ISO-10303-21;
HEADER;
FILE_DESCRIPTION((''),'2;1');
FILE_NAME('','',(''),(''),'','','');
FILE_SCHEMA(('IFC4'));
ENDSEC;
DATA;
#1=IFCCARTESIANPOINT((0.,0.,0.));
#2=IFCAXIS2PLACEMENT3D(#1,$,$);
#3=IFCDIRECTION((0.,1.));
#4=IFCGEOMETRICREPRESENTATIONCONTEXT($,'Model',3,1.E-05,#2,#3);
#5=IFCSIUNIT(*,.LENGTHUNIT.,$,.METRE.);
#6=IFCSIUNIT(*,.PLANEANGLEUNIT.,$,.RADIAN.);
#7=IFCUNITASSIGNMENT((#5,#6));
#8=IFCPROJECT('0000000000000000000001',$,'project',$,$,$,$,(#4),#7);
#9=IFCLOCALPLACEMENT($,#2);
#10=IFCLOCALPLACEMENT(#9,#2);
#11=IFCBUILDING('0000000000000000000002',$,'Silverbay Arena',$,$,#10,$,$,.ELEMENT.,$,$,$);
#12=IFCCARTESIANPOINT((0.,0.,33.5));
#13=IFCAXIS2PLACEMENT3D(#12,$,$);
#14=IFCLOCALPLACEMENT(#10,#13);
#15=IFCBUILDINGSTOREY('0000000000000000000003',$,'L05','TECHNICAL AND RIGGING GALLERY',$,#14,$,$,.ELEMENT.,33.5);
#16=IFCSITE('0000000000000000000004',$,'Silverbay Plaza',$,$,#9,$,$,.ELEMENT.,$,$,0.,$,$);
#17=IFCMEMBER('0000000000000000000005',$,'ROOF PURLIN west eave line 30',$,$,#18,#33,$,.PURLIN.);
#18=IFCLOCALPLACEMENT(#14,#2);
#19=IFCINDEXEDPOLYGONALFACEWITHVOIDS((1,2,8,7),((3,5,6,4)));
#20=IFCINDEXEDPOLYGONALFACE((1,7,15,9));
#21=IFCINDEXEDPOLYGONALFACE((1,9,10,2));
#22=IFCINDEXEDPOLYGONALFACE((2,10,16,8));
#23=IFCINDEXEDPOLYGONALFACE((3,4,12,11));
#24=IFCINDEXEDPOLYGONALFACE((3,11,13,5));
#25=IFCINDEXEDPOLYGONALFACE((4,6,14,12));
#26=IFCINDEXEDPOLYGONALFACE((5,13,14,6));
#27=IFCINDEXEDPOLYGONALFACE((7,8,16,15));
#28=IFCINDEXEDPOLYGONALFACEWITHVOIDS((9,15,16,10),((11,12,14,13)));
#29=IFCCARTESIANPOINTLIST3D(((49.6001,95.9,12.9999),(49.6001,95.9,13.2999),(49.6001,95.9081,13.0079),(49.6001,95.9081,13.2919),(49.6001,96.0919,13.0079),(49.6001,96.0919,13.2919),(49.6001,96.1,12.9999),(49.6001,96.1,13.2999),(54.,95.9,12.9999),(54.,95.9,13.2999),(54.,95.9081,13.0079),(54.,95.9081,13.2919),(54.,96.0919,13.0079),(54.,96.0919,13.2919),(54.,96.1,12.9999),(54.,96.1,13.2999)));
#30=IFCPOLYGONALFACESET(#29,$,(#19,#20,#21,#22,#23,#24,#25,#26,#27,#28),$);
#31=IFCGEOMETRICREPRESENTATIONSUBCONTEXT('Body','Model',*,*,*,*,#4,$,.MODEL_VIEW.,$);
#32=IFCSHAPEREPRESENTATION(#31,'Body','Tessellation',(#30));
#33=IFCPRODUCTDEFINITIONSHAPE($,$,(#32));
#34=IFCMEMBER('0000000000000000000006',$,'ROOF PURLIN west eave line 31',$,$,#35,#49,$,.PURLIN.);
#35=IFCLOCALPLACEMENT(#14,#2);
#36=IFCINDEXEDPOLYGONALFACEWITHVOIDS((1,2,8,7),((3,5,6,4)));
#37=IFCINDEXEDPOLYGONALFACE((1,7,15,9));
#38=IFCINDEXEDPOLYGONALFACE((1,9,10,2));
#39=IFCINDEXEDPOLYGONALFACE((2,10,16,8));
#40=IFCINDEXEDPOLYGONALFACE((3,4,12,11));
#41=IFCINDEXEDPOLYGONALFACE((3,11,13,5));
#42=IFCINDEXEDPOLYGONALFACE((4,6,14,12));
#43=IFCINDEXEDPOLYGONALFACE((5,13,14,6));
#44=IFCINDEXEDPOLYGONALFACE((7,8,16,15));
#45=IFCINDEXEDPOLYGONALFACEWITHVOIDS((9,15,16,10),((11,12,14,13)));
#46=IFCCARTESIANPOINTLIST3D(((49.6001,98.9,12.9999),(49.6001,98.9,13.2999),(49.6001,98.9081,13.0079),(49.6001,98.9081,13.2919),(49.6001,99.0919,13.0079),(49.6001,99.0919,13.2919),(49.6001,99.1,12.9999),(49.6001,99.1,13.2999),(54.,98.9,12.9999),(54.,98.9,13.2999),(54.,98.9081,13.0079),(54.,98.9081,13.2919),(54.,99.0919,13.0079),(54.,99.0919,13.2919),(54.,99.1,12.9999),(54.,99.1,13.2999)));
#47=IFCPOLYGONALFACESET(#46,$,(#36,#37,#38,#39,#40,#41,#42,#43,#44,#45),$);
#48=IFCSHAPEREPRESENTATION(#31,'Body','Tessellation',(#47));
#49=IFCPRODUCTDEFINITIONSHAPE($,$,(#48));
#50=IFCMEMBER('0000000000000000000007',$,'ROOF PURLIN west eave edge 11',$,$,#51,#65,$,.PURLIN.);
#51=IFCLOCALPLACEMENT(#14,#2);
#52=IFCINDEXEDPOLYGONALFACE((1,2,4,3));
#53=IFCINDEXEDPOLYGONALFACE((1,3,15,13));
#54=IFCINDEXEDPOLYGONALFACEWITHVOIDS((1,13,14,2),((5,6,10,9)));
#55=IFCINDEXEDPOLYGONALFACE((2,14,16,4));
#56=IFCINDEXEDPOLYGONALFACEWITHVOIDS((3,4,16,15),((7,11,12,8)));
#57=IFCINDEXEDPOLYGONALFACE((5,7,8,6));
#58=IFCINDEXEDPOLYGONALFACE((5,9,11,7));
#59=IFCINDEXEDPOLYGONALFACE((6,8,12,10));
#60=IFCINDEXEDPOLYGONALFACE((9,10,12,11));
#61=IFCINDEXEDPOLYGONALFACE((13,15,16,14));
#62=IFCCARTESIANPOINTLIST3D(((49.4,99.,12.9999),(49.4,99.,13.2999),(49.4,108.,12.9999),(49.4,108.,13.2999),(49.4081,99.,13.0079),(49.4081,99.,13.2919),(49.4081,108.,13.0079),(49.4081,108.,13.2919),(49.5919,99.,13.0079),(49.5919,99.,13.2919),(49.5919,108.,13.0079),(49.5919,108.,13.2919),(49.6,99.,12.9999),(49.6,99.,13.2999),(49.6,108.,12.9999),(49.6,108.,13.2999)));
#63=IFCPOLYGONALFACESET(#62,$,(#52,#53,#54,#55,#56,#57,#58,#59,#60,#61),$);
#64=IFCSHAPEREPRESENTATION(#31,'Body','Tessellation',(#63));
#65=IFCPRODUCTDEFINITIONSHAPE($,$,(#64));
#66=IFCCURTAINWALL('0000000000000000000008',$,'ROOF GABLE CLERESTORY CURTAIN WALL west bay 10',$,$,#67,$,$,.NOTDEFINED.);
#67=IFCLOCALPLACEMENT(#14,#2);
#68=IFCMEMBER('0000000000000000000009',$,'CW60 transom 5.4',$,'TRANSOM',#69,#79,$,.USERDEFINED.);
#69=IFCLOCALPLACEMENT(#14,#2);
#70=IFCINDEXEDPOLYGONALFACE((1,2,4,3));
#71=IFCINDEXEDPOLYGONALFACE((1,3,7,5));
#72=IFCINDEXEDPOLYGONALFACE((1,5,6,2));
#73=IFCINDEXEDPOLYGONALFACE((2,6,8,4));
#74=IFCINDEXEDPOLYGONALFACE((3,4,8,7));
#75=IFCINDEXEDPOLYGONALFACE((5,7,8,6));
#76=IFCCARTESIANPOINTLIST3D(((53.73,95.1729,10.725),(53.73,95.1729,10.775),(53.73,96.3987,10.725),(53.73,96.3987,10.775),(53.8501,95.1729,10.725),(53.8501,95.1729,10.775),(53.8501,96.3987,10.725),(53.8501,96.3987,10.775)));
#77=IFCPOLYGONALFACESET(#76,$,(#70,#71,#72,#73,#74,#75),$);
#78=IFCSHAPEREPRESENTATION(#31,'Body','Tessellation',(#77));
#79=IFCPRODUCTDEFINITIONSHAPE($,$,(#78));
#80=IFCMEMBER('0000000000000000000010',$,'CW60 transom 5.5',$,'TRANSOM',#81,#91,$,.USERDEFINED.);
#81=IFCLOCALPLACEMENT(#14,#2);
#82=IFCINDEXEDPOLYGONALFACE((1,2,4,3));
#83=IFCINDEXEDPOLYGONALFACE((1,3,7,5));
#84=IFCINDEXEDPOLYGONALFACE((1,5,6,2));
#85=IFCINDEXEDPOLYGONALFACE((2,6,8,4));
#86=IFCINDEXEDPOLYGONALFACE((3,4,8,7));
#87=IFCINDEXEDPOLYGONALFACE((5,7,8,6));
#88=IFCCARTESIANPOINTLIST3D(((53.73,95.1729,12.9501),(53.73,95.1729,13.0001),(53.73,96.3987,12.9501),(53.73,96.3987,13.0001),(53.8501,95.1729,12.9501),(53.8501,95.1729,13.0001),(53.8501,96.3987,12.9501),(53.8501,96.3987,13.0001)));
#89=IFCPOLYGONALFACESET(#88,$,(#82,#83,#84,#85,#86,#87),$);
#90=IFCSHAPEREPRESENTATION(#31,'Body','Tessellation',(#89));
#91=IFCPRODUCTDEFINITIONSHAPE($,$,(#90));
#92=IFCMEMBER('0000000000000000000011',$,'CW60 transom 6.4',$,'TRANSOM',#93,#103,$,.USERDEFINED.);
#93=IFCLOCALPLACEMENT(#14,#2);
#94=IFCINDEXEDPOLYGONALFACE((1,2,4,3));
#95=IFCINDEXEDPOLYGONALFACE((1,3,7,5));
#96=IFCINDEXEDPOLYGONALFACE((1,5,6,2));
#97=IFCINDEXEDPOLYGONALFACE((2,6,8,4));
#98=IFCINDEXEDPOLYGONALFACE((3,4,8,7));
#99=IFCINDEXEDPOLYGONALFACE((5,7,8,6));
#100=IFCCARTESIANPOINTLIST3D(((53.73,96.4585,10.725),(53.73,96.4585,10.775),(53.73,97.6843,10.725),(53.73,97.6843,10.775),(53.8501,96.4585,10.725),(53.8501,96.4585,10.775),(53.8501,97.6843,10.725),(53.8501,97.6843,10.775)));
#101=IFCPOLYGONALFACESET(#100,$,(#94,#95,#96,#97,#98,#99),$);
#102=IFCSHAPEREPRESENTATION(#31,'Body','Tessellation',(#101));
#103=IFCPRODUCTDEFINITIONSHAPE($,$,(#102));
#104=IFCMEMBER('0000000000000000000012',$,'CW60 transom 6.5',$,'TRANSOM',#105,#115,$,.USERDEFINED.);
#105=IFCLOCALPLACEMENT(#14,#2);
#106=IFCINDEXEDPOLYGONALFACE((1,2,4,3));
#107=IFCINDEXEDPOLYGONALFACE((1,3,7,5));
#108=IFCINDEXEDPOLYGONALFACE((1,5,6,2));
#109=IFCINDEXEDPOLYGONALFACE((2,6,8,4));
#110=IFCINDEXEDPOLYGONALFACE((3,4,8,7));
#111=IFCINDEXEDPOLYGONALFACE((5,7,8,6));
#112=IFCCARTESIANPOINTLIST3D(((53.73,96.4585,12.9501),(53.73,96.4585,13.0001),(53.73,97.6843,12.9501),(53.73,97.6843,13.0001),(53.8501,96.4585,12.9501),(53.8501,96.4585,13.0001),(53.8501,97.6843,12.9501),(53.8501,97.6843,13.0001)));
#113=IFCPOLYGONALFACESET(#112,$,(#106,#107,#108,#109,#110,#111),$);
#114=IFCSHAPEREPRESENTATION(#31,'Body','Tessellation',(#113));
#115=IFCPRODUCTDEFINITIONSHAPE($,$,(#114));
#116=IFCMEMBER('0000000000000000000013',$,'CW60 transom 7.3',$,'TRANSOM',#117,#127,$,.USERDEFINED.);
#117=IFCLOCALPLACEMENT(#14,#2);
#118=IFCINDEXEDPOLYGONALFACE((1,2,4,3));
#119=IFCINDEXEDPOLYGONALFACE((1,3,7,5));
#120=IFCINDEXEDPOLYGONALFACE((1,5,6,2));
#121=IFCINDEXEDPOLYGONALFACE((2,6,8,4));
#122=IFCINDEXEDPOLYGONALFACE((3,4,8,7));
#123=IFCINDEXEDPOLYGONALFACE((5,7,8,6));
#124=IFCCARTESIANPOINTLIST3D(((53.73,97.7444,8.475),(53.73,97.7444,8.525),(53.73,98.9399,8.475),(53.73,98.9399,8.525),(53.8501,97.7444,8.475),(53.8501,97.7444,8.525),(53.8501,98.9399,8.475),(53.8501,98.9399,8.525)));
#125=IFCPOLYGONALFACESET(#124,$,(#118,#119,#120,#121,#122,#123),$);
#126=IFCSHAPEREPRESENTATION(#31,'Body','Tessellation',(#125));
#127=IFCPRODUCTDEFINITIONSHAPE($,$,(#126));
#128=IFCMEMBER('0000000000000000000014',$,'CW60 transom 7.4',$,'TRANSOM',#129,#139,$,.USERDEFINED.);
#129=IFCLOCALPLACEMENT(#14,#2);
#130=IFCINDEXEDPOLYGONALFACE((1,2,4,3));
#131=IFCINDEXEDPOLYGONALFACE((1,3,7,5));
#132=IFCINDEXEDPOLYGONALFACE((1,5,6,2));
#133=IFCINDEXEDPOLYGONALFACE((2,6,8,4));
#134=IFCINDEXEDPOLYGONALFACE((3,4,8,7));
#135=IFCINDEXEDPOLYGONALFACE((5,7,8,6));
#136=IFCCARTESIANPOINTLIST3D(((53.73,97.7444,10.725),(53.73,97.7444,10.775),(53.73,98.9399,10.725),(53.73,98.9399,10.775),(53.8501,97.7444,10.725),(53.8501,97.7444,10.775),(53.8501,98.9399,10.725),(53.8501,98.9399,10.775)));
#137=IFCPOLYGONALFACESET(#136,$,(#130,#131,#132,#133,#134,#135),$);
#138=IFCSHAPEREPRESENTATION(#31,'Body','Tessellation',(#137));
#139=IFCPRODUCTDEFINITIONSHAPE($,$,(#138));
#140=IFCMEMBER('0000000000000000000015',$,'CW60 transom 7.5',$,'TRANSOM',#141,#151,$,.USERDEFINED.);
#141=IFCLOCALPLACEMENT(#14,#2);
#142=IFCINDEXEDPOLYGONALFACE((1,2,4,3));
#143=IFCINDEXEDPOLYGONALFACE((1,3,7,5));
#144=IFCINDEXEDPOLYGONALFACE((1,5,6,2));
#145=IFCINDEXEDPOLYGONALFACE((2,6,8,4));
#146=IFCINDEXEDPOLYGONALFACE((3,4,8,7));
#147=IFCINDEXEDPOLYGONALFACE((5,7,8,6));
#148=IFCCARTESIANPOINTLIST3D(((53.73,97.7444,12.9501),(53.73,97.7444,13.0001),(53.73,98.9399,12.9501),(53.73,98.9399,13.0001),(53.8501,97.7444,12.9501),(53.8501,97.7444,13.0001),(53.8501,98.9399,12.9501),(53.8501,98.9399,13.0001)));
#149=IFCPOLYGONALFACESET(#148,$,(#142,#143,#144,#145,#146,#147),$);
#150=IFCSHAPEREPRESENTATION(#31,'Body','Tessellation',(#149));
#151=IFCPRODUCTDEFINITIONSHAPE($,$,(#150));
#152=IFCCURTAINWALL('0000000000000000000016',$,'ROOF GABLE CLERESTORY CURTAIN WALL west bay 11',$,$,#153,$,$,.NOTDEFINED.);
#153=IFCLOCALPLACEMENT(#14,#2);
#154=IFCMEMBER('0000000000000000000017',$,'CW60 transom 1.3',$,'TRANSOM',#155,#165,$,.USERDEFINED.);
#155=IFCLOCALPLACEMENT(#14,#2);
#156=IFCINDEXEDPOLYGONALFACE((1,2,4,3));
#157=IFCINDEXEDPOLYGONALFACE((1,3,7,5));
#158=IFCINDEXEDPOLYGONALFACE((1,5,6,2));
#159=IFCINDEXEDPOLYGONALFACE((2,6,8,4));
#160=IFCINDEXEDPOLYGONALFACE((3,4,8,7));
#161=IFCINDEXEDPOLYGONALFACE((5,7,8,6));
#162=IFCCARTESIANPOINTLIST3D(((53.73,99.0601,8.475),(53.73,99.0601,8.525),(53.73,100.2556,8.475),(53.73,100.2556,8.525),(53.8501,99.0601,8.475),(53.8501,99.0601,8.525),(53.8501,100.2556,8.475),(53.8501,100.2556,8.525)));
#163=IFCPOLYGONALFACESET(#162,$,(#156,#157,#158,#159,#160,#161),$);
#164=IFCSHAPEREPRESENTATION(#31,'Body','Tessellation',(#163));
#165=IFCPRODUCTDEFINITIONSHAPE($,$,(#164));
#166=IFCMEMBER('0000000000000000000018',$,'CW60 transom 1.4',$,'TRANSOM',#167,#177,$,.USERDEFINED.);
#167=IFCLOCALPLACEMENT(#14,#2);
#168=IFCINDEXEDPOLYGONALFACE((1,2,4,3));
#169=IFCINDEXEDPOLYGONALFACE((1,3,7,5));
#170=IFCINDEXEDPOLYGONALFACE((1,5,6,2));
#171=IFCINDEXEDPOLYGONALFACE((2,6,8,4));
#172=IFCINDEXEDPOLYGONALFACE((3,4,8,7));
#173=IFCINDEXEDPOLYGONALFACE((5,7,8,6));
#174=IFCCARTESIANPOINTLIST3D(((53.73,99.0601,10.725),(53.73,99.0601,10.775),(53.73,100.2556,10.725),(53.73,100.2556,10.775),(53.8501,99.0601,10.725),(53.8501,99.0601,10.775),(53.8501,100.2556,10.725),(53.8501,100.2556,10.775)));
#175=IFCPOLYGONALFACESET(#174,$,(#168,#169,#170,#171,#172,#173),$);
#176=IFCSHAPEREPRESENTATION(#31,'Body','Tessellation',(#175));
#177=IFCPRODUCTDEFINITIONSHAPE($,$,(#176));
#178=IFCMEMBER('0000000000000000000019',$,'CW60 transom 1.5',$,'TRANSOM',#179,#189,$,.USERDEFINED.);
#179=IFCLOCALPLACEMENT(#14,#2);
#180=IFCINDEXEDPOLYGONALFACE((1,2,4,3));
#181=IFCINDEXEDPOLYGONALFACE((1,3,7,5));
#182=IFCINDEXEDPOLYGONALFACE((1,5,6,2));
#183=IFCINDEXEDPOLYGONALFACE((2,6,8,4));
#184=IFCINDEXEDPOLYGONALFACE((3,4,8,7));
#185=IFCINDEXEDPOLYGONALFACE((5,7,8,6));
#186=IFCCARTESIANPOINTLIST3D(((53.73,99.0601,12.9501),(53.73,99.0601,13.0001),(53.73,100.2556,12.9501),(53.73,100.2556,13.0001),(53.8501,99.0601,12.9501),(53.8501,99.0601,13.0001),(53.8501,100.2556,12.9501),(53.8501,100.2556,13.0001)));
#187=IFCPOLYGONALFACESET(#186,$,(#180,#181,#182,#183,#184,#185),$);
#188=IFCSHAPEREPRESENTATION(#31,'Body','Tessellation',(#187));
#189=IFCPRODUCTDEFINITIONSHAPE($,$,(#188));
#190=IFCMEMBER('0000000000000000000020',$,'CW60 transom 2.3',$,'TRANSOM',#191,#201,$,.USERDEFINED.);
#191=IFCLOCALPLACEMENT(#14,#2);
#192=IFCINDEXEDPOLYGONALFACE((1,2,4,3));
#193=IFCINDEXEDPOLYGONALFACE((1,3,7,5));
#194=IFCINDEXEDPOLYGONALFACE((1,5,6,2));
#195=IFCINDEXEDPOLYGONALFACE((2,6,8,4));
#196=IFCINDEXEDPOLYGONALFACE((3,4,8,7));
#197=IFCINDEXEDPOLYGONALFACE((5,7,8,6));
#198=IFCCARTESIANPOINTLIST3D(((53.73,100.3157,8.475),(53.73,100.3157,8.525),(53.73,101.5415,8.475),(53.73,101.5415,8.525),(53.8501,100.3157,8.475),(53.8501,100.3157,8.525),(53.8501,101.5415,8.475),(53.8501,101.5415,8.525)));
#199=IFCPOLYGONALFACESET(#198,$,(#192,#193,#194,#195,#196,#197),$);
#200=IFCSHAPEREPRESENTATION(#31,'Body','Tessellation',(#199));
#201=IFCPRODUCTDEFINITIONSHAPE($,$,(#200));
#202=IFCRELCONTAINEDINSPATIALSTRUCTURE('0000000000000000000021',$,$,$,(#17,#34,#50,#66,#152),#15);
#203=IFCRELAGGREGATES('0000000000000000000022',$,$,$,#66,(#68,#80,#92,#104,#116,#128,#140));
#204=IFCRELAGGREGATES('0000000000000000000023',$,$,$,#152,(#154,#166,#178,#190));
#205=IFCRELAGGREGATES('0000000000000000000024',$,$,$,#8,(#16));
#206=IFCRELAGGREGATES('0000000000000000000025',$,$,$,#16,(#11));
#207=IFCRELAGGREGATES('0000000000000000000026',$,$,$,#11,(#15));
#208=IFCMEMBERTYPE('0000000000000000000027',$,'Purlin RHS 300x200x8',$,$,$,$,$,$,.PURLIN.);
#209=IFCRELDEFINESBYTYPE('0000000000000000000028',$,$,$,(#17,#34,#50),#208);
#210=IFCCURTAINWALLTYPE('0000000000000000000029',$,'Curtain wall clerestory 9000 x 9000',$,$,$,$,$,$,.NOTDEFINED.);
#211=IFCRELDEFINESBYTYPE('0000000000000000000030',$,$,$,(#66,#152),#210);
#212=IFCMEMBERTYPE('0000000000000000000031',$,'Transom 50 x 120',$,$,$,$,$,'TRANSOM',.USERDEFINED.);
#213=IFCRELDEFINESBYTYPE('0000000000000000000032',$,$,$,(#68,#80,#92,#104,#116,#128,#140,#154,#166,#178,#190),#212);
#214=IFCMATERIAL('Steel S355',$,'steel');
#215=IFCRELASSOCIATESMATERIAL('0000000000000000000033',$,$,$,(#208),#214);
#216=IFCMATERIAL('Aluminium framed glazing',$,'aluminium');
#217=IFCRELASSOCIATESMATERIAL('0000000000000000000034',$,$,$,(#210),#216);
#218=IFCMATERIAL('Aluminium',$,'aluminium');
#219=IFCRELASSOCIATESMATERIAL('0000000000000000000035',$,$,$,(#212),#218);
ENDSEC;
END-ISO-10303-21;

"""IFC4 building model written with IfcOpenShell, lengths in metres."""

from ifc_helpers import new_model, si_unit, direction, frame, origin, origin_2d, place, context, subcontext, project, spatial, rectangle, hollow_rectangle, extrude, material, material_profile, profile_set, type_object, element, aggregate, save


model = new_model("IFC4")

# Units and contexts
model_context = context("Model", 3, precision=1e-05, world=origin(), true_north=direction((0.0, 1.0)))
body_context = subcontext(model_context, "Body", "Model", "MODEL_VIEW")
ifc_project = project(units=[si_unit("LENGTHUNIT", "METRE"), si_unit("PLANEANGLEUNIT", "RADIAN")], contexts=[model_context])

# Site, building, storey
site_placement = place(None, origin())
site = spatial("IfcSite", under=ifc_project, at=site_placement, Name="Silverbay Plaza", CompositionType="ELEMENT", RefElevation=0.0)
building_placement = place(site_placement, origin())
building = spatial("IfcBuilding", under=site, at=building_placement, Name="Silverbay Arena", CompositionType="ELEMENT")
storey_placement = place(building_placement, frame((0.0, 0.0, 33.5)))
storey = spatial("IfcBuildingStorey", under=building, at=storey_placement, Name="L05", Description="TECHNICAL AND RIGGING GALLERY", CompositionType="ELEMENT", Elevation=33.5)

# Members
ifc_material_1 = material(Name="Steel S355", Category="steel")
ifc_material_profile_1 = material_profile(ifc_material_1, hollow_rectangle(XDim=0.2, YDim=0.3, WallThickness=0.0081, at=origin_2d()), Name="RHS 300x200x8")
ifc_profile_set_1 = profile_set([ifc_material_profile_1], Name="Steel S355")
member_type_1 = type_object("IfcMemberType", Name="Purlin RHS 300x200x8", PredefinedType="PURLIN", material=ifc_profile_set_1)
for number, where, z_axis, x_axis, name in (
    (1, (49.6001, 96.0, 13.1499), (1.0, 0.0, 0.0), (0.0, 1.0, 0.0), "ROOF PURLIN west eave line 30"),
    (2, (49.6001, 99.0, 13.1499), (1.0, 0.0, 0.0), (0.0, 1.0, 0.0), "ROOF PURLIN west eave line 31"),
):
    element("IfcMember", number, at=place(storey_placement, frame(where, z_axis=z_axis, x_axis=x_axis)), inside=storey, type_object=member_type_1, Name=name, PredefinedType="PURLIN", context=body_context, shape_type="SweptSolid", body=[
        extrude(hollow_rectangle(XDim=0.2, YDim=0.3, WallThickness=0.0081, at=origin_2d()), origin(), (0.0, 0.0, 1.0), 4.3999),
    ])
member_1_placement = place(storey_placement, frame((49.5, 99.0, 13.1499), z_axis=(0.0, 1.0, 0.0), x_axis=(-1.0, 0.0, 0.0)))
element("IfcMember", 3, at=member_1_placement, inside=storey, type_object=member_type_1, Name="ROOF PURLIN west eave edge 11", PredefinedType="PURLIN", context=body_context, shape_type="SweptSolid", body=[
    extrude(hollow_rectangle(XDim=0.2, YDim=0.3, WallThickness=0.0081, at=origin_2d()), origin(), (0.0, 0.0, 1.0), 9.0),
])

# Curtain walls, members
ifc_material_2 = material(Name="Aluminium framed glazing", Category="aluminium")
curtain_wall_type = type_object("IfcCurtainWallType", Name="Curtain wall clerestory 9000 x 9000", PredefinedType="NOTDEFINED", material=ifc_material_2)
curtain_wall_1_placement = place(storey_placement, origin())
curtain_wall_1 = element("IfcCurtainWall", 4, at=curtain_wall_1_placement, inside=storey, type_object=curtain_wall_type, Name="ROOF GABLE CLERESTORY CURTAIN WALL west bay 10", PredefinedType="NOTDEFINED")
ifc_material_3 = material(Name="Aluminium", Category="aluminium")
ifc_material_profile_2 = material_profile(ifc_material_3, rectangle(XDim=0.1201, YDim=0.05, at=origin_2d()), Name="Transom 50 x 120")
ifc_profile_set_2 = profile_set([ifc_material_profile_2], Name="Aluminium")
member_type_2 = type_object("IfcMemberType", Name="Transom 50 x 120", ElementType="TRANSOM", PredefinedType="USERDEFINED", material=ifc_profile_set_2)
member_2_placement = place(storey_placement, frame((53.79, 95.1729, 10.75), z_axis=(0.0, 1.0, 0.0), x_axis=(-1.0, 0.0, 0.0)))
member_2 = element("IfcMember", 5, at=member_2_placement, type_object=member_type_2, Name="CW60 transom 5.4", ObjectType="TRANSOM", PredefinedType="USERDEFINED", context=body_context, shape_type="SweptSolid", body=[
    extrude(rectangle(XDim=0.1201, YDim=0.05, at=origin_2d()), origin(), (0.0, 0.0, 1.0), 1.2258),
])
member_3_placement = place(storey_placement, frame((53.79, 95.1729, 12.9751), z_axis=(0.0, 1.0, 0.0), x_axis=(-1.0, 0.0, 0.0)))
member_3 = element("IfcMember", 6, at=member_3_placement, type_object=member_type_2, Name="CW60 transom 5.5", ObjectType="TRANSOM", PredefinedType="USERDEFINED", context=body_context, shape_type="SweptSolid", body=[
    extrude(rectangle(XDim=0.1201, YDim=0.05, at=origin_2d()), origin(), (0.0, 0.0, 1.0), 1.2258),
])
member_4_placement = place(storey_placement, frame((53.79, 96.4585, 10.75), z_axis=(0.0, 1.0, 0.0), x_axis=(-1.0, 0.0, 0.0)))
member_4 = element("IfcMember", 7, at=member_4_placement, type_object=member_type_2, Name="CW60 transom 6.4", ObjectType="TRANSOM", PredefinedType="USERDEFINED", context=body_context, shape_type="SweptSolid", body=[
    extrude(rectangle(XDim=0.1201, YDim=0.05, at=origin_2d()), origin(), (0.0, 0.0, 1.0), 1.2258),
])
member_5_placement = place(storey_placement, frame((53.79, 96.4585, 12.9751), z_axis=(0.0, 1.0, 0.0), x_axis=(-1.0, 0.0, 0.0)))
member_5 = element("IfcMember", 8, at=member_5_placement, type_object=member_type_2, Name="CW60 transom 6.5", ObjectType="TRANSOM", PredefinedType="USERDEFINED", context=body_context, shape_type="SweptSolid", body=[
    extrude(rectangle(XDim=0.1201, YDim=0.05, at=origin_2d()), origin(), (0.0, 0.0, 1.0), 1.2258),
])
member_6_placement = place(storey_placement, frame((53.79, 97.7444, 8.5), z_axis=(0.0, 1.0, 0.0), x_axis=(-1.0, 0.0, 0.0)))
member_6 = element("IfcMember", 9, at=member_6_placement, type_object=member_type_2, Name="CW60 transom 7.3", ObjectType="TRANSOM", PredefinedType="USERDEFINED", context=body_context, shape_type="SweptSolid", body=[
    extrude(rectangle(XDim=0.1201, YDim=0.05, at=origin_2d()), origin(), (0.0, 0.0, 1.0), 1.1956),
])
member_7_placement = place(storey_placement, frame((53.79, 97.7444, 10.75), z_axis=(0.0, 1.0, 0.0), x_axis=(-1.0, 0.0, 0.0)))
member_7 = element("IfcMember", 10, at=member_7_placement, type_object=member_type_2, Name="CW60 transom 7.4", ObjectType="TRANSOM", PredefinedType="USERDEFINED", context=body_context, shape_type="SweptSolid", body=[
    extrude(rectangle(XDim=0.1201, YDim=0.05, at=origin_2d()), origin(), (0.0, 0.0, 1.0), 1.1956),
])
member_8_placement = place(storey_placement, frame((53.79, 97.7444, 12.9751), z_axis=(0.0, 1.0, 0.0), x_axis=(-1.0, 0.0, 0.0)))
member_8 = element("IfcMember", 11, at=member_8_placement, type_object=member_type_2, Name="CW60 transom 7.5", ObjectType="TRANSOM", PredefinedType="USERDEFINED", context=body_context, shape_type="SweptSolid", body=[
    extrude(rectangle(XDim=0.1201, YDim=0.05, at=origin_2d()), origin(), (0.0, 0.0, 1.0), 1.1956),
])
curtain_wall_2_placement = place(storey_placement, origin())
curtain_wall_2 = element("IfcCurtainWall", 12, at=curtain_wall_2_placement, inside=storey, type_object=curtain_wall_type, Name="ROOF GABLE CLERESTORY CURTAIN WALL west bay 11", PredefinedType="NOTDEFINED")
member_9_placement = place(storey_placement, frame((53.79, 99.0601, 8.5), z_axis=(0.0, 1.0, 0.0), x_axis=(-1.0, 0.0, 0.0)))
member_9 = element("IfcMember", 13, at=member_9_placement, type_object=member_type_2, Name="CW60 transom 1.3", ObjectType="TRANSOM", PredefinedType="USERDEFINED", context=body_context, shape_type="SweptSolid", body=[
    extrude(rectangle(XDim=0.1201, YDim=0.05, at=origin_2d()), origin(), (0.0, 0.0, 1.0), 1.1956),
])
member_10_placement = place(storey_placement, frame((53.79, 99.0601, 10.75), z_axis=(0.0, 1.0, 0.0), x_axis=(-1.0, 0.0, 0.0)))
member_10 = element("IfcMember", 14, at=member_10_placement, type_object=member_type_2, Name="CW60 transom 1.4", ObjectType="TRANSOM", PredefinedType="USERDEFINED", context=body_context, shape_type="SweptSolid", body=[
    extrude(rectangle(XDim=0.1201, YDim=0.05, at=origin_2d()), origin(), (0.0, 0.0, 1.0), 1.1956),
])
member_11_placement = place(storey_placement, frame((53.79, 99.0601, 12.9751), z_axis=(0.0, 1.0, 0.0), x_axis=(-1.0, 0.0, 0.0)))
member_11 = element("IfcMember", 15, at=member_11_placement, type_object=member_type_2, Name="CW60 transom 1.5", ObjectType="TRANSOM", PredefinedType="USERDEFINED", context=body_context, shape_type="SweptSolid", body=[
    extrude(rectangle(XDim=0.1201, YDim=0.05, at=origin_2d()), origin(), (0.0, 0.0, 1.0), 1.1956),
])
member_12_placement = place(storey_placement, frame((53.79, 100.3157, 8.5), z_axis=(0.0, 1.0, 0.0), x_axis=(-1.0, 0.0, 0.0)))
member_12 = element("IfcMember", 16, at=member_12_placement, type_object=member_type_2, Name="CW60 transom 2.3", ObjectType="TRANSOM", PredefinedType="USERDEFINED", context=body_context, shape_type="SweptSolid", body=[
    extrude(rectangle(XDim=0.1201, YDim=0.05, at=origin_2d()), origin(), (0.0, 0.0, 1.0), 1.2258),
])

aggregate(curtain_wall_1, [member_2, member_3, member_4, member_5, member_6, member_7, member_8])
aggregate(curtain_wall_2, [member_9, member_10, member_11, member_12])

save(model, "model.ifc")
